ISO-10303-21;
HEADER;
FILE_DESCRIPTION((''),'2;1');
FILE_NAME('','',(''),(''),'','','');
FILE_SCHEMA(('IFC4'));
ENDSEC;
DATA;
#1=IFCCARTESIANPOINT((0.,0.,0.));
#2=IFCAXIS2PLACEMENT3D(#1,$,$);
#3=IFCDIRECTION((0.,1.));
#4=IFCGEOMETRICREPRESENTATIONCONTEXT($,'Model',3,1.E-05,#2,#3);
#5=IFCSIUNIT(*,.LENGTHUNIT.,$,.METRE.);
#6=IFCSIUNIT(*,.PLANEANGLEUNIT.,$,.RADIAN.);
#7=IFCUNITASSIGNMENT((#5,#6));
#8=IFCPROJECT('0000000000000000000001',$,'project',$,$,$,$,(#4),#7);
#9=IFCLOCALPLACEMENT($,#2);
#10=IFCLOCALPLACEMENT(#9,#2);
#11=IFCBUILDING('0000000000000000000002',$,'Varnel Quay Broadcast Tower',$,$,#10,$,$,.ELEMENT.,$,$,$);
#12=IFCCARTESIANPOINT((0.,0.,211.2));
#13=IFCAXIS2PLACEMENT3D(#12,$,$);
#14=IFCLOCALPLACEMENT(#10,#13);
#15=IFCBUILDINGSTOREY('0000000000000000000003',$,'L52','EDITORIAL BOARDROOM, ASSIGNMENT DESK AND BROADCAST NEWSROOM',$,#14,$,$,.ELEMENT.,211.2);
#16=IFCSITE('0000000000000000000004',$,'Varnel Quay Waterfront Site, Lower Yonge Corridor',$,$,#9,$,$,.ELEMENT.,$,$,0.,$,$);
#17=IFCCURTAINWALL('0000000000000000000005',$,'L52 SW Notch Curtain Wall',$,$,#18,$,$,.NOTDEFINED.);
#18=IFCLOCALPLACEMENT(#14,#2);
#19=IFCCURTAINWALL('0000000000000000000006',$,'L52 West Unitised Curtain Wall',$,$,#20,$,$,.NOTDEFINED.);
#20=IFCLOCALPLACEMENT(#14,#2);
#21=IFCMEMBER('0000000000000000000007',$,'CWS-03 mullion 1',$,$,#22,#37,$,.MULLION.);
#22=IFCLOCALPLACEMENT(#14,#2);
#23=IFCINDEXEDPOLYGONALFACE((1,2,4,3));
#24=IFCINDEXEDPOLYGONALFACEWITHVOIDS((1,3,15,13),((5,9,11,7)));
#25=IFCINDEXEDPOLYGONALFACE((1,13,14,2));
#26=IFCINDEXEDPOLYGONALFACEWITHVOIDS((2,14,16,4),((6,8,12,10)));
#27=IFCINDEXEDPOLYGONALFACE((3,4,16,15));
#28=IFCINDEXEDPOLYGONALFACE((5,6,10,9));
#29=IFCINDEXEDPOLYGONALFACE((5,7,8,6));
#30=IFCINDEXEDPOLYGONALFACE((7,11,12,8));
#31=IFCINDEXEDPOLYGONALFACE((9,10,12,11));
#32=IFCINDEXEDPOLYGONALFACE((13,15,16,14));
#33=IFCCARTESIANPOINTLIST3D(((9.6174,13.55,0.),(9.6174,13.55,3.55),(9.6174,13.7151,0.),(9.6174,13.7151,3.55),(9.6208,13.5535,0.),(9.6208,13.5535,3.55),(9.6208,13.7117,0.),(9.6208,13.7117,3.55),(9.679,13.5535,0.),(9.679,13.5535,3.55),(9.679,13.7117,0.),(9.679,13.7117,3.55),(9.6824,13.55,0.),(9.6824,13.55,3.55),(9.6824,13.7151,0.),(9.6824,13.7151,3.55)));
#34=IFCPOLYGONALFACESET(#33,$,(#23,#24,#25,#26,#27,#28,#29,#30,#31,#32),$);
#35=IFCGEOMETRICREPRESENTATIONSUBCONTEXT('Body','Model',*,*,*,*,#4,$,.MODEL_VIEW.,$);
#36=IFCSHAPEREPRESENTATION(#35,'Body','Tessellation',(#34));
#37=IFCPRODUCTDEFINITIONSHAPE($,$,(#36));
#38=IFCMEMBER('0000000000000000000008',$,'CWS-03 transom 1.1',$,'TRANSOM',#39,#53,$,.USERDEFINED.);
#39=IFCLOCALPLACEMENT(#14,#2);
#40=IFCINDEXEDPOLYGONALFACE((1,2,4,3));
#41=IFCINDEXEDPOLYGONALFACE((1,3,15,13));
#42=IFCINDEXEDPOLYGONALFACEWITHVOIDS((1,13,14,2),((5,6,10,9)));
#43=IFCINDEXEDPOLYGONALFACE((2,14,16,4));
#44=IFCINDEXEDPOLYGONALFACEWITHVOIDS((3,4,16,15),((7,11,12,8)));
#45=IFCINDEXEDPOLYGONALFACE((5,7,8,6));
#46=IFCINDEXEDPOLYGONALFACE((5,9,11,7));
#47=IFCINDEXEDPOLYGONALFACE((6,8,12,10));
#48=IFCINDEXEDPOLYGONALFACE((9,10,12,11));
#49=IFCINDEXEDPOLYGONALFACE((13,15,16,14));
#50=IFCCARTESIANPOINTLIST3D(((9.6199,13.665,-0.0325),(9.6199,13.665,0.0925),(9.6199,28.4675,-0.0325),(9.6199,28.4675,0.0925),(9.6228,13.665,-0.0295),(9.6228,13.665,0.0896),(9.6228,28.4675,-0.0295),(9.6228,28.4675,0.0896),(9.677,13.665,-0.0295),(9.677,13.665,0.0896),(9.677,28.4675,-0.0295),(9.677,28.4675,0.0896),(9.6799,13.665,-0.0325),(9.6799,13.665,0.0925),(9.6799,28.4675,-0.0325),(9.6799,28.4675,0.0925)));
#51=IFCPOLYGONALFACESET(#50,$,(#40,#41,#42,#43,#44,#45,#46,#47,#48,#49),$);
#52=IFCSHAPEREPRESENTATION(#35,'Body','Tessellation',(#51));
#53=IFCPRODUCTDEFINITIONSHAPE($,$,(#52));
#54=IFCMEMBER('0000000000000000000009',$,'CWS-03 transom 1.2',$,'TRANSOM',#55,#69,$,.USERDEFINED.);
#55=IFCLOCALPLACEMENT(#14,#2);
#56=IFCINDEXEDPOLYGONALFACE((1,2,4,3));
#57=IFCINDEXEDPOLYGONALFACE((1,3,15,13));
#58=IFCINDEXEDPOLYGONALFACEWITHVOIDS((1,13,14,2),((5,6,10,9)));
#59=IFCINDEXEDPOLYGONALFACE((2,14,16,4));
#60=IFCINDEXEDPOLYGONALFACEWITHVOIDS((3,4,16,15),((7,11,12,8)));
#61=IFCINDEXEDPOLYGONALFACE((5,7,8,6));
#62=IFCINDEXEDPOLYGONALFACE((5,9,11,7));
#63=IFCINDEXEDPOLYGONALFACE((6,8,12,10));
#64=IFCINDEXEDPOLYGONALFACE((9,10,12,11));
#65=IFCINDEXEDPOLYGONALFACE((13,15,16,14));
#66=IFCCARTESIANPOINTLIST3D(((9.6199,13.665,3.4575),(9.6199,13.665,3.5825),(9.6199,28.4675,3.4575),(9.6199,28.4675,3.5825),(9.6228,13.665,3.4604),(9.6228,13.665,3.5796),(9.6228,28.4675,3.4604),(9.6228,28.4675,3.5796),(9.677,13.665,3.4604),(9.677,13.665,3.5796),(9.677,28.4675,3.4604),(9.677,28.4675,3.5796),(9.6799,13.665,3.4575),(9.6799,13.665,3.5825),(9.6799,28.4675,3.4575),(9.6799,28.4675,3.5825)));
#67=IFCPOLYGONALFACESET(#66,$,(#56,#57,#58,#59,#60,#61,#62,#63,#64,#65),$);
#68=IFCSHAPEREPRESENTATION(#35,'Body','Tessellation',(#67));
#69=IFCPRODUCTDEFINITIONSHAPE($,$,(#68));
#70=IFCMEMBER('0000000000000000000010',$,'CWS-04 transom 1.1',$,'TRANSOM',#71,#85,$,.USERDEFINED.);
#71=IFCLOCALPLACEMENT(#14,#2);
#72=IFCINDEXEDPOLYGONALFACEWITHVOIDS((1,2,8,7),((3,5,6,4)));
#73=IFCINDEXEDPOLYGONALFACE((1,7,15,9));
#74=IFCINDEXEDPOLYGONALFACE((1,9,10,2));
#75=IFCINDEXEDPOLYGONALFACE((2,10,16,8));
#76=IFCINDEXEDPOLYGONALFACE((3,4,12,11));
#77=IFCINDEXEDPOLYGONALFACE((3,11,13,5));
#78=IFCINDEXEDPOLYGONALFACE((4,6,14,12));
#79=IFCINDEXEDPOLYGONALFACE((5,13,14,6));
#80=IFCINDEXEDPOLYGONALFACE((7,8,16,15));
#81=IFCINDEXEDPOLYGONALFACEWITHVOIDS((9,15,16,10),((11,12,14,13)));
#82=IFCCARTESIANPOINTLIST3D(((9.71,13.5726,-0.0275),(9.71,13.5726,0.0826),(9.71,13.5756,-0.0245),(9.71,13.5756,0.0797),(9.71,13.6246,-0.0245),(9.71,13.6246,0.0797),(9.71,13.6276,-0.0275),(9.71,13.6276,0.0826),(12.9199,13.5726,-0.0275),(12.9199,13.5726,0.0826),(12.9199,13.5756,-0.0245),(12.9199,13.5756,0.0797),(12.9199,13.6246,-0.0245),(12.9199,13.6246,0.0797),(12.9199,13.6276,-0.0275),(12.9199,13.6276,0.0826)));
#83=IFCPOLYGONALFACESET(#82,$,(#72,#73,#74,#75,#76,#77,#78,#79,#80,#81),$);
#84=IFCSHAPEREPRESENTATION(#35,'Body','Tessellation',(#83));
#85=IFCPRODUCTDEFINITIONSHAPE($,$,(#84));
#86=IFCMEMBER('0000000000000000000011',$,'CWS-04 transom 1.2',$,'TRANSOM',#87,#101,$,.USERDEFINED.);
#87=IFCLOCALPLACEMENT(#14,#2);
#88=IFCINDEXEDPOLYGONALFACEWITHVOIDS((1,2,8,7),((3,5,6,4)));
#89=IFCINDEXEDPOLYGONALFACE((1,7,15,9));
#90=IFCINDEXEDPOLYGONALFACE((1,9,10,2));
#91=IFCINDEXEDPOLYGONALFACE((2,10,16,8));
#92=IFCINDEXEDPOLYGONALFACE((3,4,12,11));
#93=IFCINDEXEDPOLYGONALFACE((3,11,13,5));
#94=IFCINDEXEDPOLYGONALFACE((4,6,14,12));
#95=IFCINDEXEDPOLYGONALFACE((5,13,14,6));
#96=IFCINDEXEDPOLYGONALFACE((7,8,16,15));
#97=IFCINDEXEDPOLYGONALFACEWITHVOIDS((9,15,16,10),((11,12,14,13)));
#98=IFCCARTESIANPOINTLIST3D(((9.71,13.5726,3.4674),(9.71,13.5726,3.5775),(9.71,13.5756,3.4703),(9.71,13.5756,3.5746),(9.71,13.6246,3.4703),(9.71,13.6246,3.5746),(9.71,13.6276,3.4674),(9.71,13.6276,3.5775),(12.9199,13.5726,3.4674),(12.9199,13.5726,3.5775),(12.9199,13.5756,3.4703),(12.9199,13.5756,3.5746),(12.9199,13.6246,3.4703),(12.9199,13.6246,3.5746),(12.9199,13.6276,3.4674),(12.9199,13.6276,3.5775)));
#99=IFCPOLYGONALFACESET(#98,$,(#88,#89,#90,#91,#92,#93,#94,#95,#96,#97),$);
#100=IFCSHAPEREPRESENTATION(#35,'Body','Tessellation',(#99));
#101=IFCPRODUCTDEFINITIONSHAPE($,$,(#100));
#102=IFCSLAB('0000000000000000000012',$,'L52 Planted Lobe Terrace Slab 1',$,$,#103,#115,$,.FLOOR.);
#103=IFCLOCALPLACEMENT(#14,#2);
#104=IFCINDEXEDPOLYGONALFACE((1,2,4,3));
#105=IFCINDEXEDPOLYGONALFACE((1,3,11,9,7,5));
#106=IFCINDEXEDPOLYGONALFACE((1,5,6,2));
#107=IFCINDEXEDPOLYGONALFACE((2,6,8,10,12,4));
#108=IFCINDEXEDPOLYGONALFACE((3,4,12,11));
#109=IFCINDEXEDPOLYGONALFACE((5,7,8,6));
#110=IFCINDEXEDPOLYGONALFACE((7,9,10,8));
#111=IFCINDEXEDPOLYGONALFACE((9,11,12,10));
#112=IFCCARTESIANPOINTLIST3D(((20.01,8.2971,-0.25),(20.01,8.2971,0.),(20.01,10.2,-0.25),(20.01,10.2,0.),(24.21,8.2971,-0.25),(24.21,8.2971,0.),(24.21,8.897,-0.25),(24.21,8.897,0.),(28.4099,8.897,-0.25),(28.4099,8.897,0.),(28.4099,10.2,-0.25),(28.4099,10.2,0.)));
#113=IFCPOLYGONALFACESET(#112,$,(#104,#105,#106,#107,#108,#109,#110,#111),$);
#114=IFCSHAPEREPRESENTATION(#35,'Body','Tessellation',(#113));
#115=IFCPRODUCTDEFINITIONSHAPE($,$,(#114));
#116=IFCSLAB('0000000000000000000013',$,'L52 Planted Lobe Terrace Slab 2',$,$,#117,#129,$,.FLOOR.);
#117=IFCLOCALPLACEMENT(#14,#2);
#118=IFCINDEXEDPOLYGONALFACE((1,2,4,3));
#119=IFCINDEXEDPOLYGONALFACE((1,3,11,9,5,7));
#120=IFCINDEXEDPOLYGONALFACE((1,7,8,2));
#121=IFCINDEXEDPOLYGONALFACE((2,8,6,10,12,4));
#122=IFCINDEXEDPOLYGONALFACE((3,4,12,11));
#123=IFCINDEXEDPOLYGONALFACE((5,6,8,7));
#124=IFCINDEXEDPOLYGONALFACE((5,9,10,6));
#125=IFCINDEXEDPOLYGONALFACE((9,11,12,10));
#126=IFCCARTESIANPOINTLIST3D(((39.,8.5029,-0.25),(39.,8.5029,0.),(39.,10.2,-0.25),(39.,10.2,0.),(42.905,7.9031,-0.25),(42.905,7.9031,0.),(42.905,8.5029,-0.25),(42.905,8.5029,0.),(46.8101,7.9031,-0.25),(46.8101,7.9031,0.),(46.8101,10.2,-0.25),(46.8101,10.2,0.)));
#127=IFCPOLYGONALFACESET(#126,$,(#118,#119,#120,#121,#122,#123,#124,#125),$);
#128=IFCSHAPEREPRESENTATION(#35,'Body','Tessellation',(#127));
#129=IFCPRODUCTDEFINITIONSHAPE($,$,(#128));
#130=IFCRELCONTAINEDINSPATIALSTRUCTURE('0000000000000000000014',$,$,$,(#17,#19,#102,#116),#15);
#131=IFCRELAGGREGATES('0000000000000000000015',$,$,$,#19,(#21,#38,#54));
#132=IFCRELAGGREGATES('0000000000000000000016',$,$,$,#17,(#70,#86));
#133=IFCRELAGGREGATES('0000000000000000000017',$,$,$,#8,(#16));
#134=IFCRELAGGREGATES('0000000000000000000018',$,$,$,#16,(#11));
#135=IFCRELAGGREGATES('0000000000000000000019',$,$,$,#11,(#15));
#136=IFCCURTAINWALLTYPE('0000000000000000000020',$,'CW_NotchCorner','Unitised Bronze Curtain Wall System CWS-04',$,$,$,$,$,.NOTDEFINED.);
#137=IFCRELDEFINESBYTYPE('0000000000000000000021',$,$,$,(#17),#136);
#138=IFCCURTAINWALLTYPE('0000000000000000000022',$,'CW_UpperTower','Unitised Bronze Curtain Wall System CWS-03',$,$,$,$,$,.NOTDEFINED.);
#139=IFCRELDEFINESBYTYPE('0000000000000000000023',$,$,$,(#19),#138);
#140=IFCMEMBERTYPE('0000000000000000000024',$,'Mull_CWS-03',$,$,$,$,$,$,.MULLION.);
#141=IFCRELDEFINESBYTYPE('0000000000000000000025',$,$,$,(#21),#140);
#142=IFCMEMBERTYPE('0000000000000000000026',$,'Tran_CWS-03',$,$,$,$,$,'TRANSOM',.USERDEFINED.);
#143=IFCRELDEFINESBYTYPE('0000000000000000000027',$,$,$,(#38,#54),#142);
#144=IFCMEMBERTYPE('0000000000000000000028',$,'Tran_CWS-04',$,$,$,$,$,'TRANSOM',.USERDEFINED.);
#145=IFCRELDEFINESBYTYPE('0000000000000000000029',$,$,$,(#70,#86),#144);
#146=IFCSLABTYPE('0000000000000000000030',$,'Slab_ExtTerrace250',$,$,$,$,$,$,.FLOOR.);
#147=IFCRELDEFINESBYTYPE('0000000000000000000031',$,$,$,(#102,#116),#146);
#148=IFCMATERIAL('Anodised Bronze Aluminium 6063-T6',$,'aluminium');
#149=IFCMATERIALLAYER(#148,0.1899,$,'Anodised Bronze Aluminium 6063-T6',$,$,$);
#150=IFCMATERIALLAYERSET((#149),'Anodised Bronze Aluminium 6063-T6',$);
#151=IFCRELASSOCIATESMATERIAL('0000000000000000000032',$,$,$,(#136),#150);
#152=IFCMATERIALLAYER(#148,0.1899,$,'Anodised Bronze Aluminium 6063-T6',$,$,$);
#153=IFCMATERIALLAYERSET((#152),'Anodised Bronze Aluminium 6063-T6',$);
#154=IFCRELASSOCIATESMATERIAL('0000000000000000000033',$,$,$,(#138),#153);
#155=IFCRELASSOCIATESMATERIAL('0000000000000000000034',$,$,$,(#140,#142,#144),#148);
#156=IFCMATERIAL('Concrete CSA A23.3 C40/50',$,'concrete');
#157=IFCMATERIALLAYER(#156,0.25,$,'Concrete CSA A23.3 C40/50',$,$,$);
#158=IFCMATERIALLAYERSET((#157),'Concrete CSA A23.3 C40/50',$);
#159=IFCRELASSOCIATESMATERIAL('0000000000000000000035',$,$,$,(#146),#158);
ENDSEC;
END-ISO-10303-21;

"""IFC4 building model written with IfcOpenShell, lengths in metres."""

from ifc_helpers import new_model, si_unit, direction, frame, origin, origin_2d, place, context, subcontext, project, spatial, polyline, hollow_rectangle, outline, extrude, source, transform, mapped, material, layer, layer_set, material_profile, profile_set, type_object, type_shapes, element, aggregate, save


model = new_model("IFC4")

# Units and contexts
model_context = context("Model", 3, precision=1e-05, world=origin(), true_north=direction((0.0, 1.0)))
body_context = subcontext(model_context, "Body", "Model", "MODEL_VIEW")
ifc_project = project(units=[si_unit("LENGTHUNIT", "METRE"), si_unit("PLANEANGLEUNIT", "RADIAN")], contexts=[model_context])

# Site, building, storey
site_placement = place(None, origin())
site = spatial("IfcSite", under=ifc_project, at=site_placement, Name="Varnel Quay Waterfront Site, Lower Yonge Corridor", CompositionType="ELEMENT", RefElevation=0.0)
building_placement = place(site_placement, origin())
building = spatial("IfcBuilding", under=site, at=building_placement, Name="Varnel Quay Broadcast Tower", CompositionType="ELEMENT")
storey_placement = place(building_placement, frame((0.0, 0.0, 211.2)))
storey = spatial("IfcBuildingStorey", under=building, at=storey_placement, Name="L52", Description="EDITORIAL BOARDROOM, ASSIGNMENT DESK AND BROADCAST NEWSROOM", CompositionType="ELEMENT", Elevation=211.2)

# Curtain wall
ifc_material_1 = material(Name="Anodised Bronze Aluminium 6063-T6", Category="aluminium")
ifc_layer_1 = layer(ifc_material_1, 0.1899, Name="Anodised Bronze Aluminium 6063-T6")
ifc_layer_set_1 = layer_set([ifc_layer_1], Name="Anodised Bronze Aluminium 6063-T6")
curtain_wall_type_1 = type_object("IfcCurtainWallType", Name="CW_NotchCorner", Description="Unitised Bronze Curtain Wall System CWS-04", PredefinedType="NOTDEFINED", material=ifc_layer_set_1)
curtain_wall_1_placement = place(storey_placement, origin())
curtain_wall_1 = element("IfcCurtainWall", 1, at=curtain_wall_1_placement, inside=storey, type_object=curtain_wall_type_1, Name="L52 SW Notch Curtain Wall", PredefinedType="NOTDEFINED")

# Curtain wall, members
ifc_layer_2 = layer(ifc_material_1, 0.1899, Name="Anodised Bronze Aluminium 6063-T6")
ifc_layer_set_2 = layer_set([ifc_layer_2], Name="Anodised Bronze Aluminium 6063-T6")
curtain_wall_type_2 = type_object("IfcCurtainWallType", Name="CW_UpperTower", Description="Unitised Bronze Curtain Wall System CWS-03", PredefinedType="NOTDEFINED", material=ifc_layer_set_2)
curtain_wall_2_placement = place(storey_placement, origin())
curtain_wall_2 = element("IfcCurtainWall", 2, at=curtain_wall_2_placement, inside=storey, type_object=curtain_wall_type_2, Name="L52 West Unitised Curtain Wall", PredefinedType="NOTDEFINED")
ifc_material_profile_1 = material_profile(ifc_material_1, hollow_rectangle(XDim=0.0649, YDim=0.165, WallThickness=0.0034, at=origin_2d()), Name="ALU65X165X3.5")
ifc_profile_set_1 = profile_set([ifc_material_profile_1], Name="Anodised Bronze Aluminium 6063-T6")
member_type_1 = type_object("IfcMemberType", Name="Mull_CWS-03", PredefinedType="MULLION", material=ifc_profile_set_1)
shared_shape_1 = source(origin(), body_context, "Body", "SweptSolid", [
    extrude(hollow_rectangle(XDim=0.0649, YDim=0.165, WallThickness=0.0034, at=origin_2d()), origin(), (0.0, 0.0, 1.0), 3.55),
])
type_shapes(member_type_1, [shared_shape_1])
member_1_placement = place(storey_placement, frame((9.6499, 13.6326, 0.0), z_axis=(0.0, 0.0, 1.0), x_axis=(-1.0, 0.0, 0.0)))
member_1 = element("IfcMember", 3, at=member_1_placement, type_object=member_type_1, Name="CWS-03 mullion 1", PredefinedType="MULLION", context=body_context, shape_type="MappedRepresentation", body=[
    mapped(shared_shape_1, transform((0.0, 0.0, 0.0), x_axis=(1.0, 0.0, 0.0), y_axis=(0.0, 1.0, 0.0), z_axis=(0.0, 0.0, 1.0), scale=1.0)),
])
ifc_material_profile_2 = material_profile(ifc_material_1, hollow_rectangle(XDim=0.0601, YDim=0.125, WallThickness=0.0029, at=origin_2d()), Name="ALU60X125X3")
ifc_profile_set_2 = profile_set([ifc_material_profile_2], Name="Anodised Bronze Aluminium 6063-T6")
member_type_2 = type_object("IfcMemberType", Name="Tran_CWS-03", ElementType="TRANSOM", PredefinedType="USERDEFINED", material=ifc_profile_set_2)
shared_shape_2 = source(origin(), body_context, "Body", "SweptSolid", [
    extrude(hollow_rectangle(XDim=0.0601, YDim=0.125, WallThickness=0.0029, at=origin_2d()), origin(), (0.0, 0.0, 1.0), 14.8025),
])
type_shapes(member_type_2, [shared_shape_2])
member_2_placement = place(storey_placement, frame((9.6499, 13.665, 0.03), z_axis=(0.0, 1.0, 0.0), x_axis=(-1.0, 0.0, 0.0)))
member_2 = element("IfcMember", 4, at=member_2_placement, type_object=member_type_2, Name="CWS-03 transom 1.1", ObjectType="TRANSOM", PredefinedType="USERDEFINED", context=body_context, shape_type="MappedRepresentation", body=[
    mapped(shared_shape_2, transform((0.0, 0.0, 0.0), x_axis=(1.0, 0.0, 0.0), y_axis=(0.0, 1.0, 0.0), z_axis=(0.0, 0.0, 1.0), scale=1.0)),
])
member_3_placement = place(storey_placement, frame((9.6499, 13.665, 3.52), z_axis=(0.0, 1.0, 0.0), x_axis=(-1.0, 0.0, 0.0)))
member_3 = element("IfcMember", 5, at=member_3_placement, type_object=member_type_2, Name="CWS-03 transom 1.2", ObjectType="TRANSOM", PredefinedType="USERDEFINED", context=body_context, shape_type="MappedRepresentation", body=[
    mapped(shared_shape_2, transform((0.0, 0.0, 0.0), x_axis=(1.0, 0.0, 0.0), y_axis=(0.0, 1.0, 0.0), z_axis=(0.0, 0.0, 1.0), scale=1.0)),
])
aggregate(curtain_wall_2, [member_1, member_2, member_3])

# Members
ifc_material_profile_3 = material_profile(ifc_material_1, hollow_rectangle(XDim=0.0549, YDim=0.1101, WallThickness=0.0029, at=origin_2d()), Name="ALU55X110X3")
ifc_profile_set_3 = profile_set([ifc_material_profile_3], Name="Anodised Bronze Aluminium 6063-T6")
member_type_3 = type_object("IfcMemberType", Name="Tran_CWS-04", ElementType="TRANSOM", PredefinedType="USERDEFINED", material=ifc_profile_set_3)
shared_shape_3 = source(origin(), body_context, "Body", "SweptSolid", [
    extrude(hollow_rectangle(XDim=0.0549, YDim=0.1101, WallThickness=0.0029, at=origin_2d()), origin(), (0.0, 0.0, 1.0), 3.21),
])
type_shapes(member_type_3, [shared_shape_3])
member_4_placement = place(storey_placement, frame((9.71, 13.6001, 0.0276), z_axis=(1.0, 0.0, 0.0), x_axis=(0.0, 1.0, 0.0)))
member_4 = element("IfcMember", 6, at=member_4_placement, type_object=member_type_3, Name="CWS-04 transom 1.1", ObjectType="TRANSOM", PredefinedType="USERDEFINED", context=body_context, shape_type="MappedRepresentation", body=[
    mapped(shared_shape_3, transform((0.0, 0.0, 0.0), x_axis=(1.0, 0.0, 0.0), y_axis=(0.0, 1.0, 0.0), z_axis=(0.0, 0.0, 1.0), scale=1.0)),
])
member_5_placement = place(storey_placement, frame((9.71, 13.6001, 3.5225), z_axis=(1.0, 0.0, 0.0), x_axis=(0.0, 1.0, 0.0)))
member_5 = element("IfcMember", 7, at=member_5_placement, type_object=member_type_3, Name="CWS-04 transom 1.2", ObjectType="TRANSOM", PredefinedType="USERDEFINED", context=body_context, shape_type="MappedRepresentation", body=[
    mapped(shared_shape_3, transform((0.0, 0.0, 0.0), x_axis=(1.0, 0.0, 0.0), y_axis=(0.0, 1.0, 0.0), z_axis=(0.0, 0.0, 1.0), scale=1.0)),
])
aggregate(curtain_wall_1, [member_4, member_5])

# Slabs
ifc_material_2 = material(Name="Concrete CSA A23.3 C40/50", Category="concrete")
ifc_layer_3 = layer(ifc_material_2, 0.25, Name="Concrete CSA A23.3 C40/50")
ifc_layer_set_3 = layer_set([ifc_layer_3], Name="Concrete CSA A23.3 C40/50")
slab_type_1 = type_object("IfcSlabType", Name="Slab_ExtTerrace250", PredefinedType="FLOOR", material=ifc_layer_set_3)
slab_1_placement = place(storey_placement, frame((0.0, 0.0, -0.25)))
element("IfcSlab", 8, at=slab_1_placement, inside=storey, type_object=slab_type_1, Name="L52 Planted Lobe Terrace Slab 1", PredefinedType="FLOOR", context=body_context, shape_type="SweptSolid", body=[
    extrude(outline(polyline([(20.01, 8.2971), (24.21, 8.2971), (24.21, 8.897), (28.4099, 8.897), (28.4099, 10.2), (20.01, 10.2), (20.01, 8.2971)])), origin(), (0.0, 0.0, 1.0), 0.25),
])
slab_2_placement = place(storey_placement, frame((0.0, 0.0, -0.25)))
element("IfcSlab", 9, at=slab_2_placement, inside=storey, type_object=slab_type_1, Name="L52 Planted Lobe Terrace Slab 2", PredefinedType="FLOOR", context=body_context, shape_type="SweptSolid", body=[
    extrude(outline(polyline([(39.0, 8.5029), (42.905, 8.5029), (42.905, 7.9031), (46.8101, 7.9031), (46.8101, 10.2), (39.0, 10.2), (39.0, 8.5029)])), origin(), (0.0, 0.0, 1.0), 0.25),
])

save(model, "model.ifc")
